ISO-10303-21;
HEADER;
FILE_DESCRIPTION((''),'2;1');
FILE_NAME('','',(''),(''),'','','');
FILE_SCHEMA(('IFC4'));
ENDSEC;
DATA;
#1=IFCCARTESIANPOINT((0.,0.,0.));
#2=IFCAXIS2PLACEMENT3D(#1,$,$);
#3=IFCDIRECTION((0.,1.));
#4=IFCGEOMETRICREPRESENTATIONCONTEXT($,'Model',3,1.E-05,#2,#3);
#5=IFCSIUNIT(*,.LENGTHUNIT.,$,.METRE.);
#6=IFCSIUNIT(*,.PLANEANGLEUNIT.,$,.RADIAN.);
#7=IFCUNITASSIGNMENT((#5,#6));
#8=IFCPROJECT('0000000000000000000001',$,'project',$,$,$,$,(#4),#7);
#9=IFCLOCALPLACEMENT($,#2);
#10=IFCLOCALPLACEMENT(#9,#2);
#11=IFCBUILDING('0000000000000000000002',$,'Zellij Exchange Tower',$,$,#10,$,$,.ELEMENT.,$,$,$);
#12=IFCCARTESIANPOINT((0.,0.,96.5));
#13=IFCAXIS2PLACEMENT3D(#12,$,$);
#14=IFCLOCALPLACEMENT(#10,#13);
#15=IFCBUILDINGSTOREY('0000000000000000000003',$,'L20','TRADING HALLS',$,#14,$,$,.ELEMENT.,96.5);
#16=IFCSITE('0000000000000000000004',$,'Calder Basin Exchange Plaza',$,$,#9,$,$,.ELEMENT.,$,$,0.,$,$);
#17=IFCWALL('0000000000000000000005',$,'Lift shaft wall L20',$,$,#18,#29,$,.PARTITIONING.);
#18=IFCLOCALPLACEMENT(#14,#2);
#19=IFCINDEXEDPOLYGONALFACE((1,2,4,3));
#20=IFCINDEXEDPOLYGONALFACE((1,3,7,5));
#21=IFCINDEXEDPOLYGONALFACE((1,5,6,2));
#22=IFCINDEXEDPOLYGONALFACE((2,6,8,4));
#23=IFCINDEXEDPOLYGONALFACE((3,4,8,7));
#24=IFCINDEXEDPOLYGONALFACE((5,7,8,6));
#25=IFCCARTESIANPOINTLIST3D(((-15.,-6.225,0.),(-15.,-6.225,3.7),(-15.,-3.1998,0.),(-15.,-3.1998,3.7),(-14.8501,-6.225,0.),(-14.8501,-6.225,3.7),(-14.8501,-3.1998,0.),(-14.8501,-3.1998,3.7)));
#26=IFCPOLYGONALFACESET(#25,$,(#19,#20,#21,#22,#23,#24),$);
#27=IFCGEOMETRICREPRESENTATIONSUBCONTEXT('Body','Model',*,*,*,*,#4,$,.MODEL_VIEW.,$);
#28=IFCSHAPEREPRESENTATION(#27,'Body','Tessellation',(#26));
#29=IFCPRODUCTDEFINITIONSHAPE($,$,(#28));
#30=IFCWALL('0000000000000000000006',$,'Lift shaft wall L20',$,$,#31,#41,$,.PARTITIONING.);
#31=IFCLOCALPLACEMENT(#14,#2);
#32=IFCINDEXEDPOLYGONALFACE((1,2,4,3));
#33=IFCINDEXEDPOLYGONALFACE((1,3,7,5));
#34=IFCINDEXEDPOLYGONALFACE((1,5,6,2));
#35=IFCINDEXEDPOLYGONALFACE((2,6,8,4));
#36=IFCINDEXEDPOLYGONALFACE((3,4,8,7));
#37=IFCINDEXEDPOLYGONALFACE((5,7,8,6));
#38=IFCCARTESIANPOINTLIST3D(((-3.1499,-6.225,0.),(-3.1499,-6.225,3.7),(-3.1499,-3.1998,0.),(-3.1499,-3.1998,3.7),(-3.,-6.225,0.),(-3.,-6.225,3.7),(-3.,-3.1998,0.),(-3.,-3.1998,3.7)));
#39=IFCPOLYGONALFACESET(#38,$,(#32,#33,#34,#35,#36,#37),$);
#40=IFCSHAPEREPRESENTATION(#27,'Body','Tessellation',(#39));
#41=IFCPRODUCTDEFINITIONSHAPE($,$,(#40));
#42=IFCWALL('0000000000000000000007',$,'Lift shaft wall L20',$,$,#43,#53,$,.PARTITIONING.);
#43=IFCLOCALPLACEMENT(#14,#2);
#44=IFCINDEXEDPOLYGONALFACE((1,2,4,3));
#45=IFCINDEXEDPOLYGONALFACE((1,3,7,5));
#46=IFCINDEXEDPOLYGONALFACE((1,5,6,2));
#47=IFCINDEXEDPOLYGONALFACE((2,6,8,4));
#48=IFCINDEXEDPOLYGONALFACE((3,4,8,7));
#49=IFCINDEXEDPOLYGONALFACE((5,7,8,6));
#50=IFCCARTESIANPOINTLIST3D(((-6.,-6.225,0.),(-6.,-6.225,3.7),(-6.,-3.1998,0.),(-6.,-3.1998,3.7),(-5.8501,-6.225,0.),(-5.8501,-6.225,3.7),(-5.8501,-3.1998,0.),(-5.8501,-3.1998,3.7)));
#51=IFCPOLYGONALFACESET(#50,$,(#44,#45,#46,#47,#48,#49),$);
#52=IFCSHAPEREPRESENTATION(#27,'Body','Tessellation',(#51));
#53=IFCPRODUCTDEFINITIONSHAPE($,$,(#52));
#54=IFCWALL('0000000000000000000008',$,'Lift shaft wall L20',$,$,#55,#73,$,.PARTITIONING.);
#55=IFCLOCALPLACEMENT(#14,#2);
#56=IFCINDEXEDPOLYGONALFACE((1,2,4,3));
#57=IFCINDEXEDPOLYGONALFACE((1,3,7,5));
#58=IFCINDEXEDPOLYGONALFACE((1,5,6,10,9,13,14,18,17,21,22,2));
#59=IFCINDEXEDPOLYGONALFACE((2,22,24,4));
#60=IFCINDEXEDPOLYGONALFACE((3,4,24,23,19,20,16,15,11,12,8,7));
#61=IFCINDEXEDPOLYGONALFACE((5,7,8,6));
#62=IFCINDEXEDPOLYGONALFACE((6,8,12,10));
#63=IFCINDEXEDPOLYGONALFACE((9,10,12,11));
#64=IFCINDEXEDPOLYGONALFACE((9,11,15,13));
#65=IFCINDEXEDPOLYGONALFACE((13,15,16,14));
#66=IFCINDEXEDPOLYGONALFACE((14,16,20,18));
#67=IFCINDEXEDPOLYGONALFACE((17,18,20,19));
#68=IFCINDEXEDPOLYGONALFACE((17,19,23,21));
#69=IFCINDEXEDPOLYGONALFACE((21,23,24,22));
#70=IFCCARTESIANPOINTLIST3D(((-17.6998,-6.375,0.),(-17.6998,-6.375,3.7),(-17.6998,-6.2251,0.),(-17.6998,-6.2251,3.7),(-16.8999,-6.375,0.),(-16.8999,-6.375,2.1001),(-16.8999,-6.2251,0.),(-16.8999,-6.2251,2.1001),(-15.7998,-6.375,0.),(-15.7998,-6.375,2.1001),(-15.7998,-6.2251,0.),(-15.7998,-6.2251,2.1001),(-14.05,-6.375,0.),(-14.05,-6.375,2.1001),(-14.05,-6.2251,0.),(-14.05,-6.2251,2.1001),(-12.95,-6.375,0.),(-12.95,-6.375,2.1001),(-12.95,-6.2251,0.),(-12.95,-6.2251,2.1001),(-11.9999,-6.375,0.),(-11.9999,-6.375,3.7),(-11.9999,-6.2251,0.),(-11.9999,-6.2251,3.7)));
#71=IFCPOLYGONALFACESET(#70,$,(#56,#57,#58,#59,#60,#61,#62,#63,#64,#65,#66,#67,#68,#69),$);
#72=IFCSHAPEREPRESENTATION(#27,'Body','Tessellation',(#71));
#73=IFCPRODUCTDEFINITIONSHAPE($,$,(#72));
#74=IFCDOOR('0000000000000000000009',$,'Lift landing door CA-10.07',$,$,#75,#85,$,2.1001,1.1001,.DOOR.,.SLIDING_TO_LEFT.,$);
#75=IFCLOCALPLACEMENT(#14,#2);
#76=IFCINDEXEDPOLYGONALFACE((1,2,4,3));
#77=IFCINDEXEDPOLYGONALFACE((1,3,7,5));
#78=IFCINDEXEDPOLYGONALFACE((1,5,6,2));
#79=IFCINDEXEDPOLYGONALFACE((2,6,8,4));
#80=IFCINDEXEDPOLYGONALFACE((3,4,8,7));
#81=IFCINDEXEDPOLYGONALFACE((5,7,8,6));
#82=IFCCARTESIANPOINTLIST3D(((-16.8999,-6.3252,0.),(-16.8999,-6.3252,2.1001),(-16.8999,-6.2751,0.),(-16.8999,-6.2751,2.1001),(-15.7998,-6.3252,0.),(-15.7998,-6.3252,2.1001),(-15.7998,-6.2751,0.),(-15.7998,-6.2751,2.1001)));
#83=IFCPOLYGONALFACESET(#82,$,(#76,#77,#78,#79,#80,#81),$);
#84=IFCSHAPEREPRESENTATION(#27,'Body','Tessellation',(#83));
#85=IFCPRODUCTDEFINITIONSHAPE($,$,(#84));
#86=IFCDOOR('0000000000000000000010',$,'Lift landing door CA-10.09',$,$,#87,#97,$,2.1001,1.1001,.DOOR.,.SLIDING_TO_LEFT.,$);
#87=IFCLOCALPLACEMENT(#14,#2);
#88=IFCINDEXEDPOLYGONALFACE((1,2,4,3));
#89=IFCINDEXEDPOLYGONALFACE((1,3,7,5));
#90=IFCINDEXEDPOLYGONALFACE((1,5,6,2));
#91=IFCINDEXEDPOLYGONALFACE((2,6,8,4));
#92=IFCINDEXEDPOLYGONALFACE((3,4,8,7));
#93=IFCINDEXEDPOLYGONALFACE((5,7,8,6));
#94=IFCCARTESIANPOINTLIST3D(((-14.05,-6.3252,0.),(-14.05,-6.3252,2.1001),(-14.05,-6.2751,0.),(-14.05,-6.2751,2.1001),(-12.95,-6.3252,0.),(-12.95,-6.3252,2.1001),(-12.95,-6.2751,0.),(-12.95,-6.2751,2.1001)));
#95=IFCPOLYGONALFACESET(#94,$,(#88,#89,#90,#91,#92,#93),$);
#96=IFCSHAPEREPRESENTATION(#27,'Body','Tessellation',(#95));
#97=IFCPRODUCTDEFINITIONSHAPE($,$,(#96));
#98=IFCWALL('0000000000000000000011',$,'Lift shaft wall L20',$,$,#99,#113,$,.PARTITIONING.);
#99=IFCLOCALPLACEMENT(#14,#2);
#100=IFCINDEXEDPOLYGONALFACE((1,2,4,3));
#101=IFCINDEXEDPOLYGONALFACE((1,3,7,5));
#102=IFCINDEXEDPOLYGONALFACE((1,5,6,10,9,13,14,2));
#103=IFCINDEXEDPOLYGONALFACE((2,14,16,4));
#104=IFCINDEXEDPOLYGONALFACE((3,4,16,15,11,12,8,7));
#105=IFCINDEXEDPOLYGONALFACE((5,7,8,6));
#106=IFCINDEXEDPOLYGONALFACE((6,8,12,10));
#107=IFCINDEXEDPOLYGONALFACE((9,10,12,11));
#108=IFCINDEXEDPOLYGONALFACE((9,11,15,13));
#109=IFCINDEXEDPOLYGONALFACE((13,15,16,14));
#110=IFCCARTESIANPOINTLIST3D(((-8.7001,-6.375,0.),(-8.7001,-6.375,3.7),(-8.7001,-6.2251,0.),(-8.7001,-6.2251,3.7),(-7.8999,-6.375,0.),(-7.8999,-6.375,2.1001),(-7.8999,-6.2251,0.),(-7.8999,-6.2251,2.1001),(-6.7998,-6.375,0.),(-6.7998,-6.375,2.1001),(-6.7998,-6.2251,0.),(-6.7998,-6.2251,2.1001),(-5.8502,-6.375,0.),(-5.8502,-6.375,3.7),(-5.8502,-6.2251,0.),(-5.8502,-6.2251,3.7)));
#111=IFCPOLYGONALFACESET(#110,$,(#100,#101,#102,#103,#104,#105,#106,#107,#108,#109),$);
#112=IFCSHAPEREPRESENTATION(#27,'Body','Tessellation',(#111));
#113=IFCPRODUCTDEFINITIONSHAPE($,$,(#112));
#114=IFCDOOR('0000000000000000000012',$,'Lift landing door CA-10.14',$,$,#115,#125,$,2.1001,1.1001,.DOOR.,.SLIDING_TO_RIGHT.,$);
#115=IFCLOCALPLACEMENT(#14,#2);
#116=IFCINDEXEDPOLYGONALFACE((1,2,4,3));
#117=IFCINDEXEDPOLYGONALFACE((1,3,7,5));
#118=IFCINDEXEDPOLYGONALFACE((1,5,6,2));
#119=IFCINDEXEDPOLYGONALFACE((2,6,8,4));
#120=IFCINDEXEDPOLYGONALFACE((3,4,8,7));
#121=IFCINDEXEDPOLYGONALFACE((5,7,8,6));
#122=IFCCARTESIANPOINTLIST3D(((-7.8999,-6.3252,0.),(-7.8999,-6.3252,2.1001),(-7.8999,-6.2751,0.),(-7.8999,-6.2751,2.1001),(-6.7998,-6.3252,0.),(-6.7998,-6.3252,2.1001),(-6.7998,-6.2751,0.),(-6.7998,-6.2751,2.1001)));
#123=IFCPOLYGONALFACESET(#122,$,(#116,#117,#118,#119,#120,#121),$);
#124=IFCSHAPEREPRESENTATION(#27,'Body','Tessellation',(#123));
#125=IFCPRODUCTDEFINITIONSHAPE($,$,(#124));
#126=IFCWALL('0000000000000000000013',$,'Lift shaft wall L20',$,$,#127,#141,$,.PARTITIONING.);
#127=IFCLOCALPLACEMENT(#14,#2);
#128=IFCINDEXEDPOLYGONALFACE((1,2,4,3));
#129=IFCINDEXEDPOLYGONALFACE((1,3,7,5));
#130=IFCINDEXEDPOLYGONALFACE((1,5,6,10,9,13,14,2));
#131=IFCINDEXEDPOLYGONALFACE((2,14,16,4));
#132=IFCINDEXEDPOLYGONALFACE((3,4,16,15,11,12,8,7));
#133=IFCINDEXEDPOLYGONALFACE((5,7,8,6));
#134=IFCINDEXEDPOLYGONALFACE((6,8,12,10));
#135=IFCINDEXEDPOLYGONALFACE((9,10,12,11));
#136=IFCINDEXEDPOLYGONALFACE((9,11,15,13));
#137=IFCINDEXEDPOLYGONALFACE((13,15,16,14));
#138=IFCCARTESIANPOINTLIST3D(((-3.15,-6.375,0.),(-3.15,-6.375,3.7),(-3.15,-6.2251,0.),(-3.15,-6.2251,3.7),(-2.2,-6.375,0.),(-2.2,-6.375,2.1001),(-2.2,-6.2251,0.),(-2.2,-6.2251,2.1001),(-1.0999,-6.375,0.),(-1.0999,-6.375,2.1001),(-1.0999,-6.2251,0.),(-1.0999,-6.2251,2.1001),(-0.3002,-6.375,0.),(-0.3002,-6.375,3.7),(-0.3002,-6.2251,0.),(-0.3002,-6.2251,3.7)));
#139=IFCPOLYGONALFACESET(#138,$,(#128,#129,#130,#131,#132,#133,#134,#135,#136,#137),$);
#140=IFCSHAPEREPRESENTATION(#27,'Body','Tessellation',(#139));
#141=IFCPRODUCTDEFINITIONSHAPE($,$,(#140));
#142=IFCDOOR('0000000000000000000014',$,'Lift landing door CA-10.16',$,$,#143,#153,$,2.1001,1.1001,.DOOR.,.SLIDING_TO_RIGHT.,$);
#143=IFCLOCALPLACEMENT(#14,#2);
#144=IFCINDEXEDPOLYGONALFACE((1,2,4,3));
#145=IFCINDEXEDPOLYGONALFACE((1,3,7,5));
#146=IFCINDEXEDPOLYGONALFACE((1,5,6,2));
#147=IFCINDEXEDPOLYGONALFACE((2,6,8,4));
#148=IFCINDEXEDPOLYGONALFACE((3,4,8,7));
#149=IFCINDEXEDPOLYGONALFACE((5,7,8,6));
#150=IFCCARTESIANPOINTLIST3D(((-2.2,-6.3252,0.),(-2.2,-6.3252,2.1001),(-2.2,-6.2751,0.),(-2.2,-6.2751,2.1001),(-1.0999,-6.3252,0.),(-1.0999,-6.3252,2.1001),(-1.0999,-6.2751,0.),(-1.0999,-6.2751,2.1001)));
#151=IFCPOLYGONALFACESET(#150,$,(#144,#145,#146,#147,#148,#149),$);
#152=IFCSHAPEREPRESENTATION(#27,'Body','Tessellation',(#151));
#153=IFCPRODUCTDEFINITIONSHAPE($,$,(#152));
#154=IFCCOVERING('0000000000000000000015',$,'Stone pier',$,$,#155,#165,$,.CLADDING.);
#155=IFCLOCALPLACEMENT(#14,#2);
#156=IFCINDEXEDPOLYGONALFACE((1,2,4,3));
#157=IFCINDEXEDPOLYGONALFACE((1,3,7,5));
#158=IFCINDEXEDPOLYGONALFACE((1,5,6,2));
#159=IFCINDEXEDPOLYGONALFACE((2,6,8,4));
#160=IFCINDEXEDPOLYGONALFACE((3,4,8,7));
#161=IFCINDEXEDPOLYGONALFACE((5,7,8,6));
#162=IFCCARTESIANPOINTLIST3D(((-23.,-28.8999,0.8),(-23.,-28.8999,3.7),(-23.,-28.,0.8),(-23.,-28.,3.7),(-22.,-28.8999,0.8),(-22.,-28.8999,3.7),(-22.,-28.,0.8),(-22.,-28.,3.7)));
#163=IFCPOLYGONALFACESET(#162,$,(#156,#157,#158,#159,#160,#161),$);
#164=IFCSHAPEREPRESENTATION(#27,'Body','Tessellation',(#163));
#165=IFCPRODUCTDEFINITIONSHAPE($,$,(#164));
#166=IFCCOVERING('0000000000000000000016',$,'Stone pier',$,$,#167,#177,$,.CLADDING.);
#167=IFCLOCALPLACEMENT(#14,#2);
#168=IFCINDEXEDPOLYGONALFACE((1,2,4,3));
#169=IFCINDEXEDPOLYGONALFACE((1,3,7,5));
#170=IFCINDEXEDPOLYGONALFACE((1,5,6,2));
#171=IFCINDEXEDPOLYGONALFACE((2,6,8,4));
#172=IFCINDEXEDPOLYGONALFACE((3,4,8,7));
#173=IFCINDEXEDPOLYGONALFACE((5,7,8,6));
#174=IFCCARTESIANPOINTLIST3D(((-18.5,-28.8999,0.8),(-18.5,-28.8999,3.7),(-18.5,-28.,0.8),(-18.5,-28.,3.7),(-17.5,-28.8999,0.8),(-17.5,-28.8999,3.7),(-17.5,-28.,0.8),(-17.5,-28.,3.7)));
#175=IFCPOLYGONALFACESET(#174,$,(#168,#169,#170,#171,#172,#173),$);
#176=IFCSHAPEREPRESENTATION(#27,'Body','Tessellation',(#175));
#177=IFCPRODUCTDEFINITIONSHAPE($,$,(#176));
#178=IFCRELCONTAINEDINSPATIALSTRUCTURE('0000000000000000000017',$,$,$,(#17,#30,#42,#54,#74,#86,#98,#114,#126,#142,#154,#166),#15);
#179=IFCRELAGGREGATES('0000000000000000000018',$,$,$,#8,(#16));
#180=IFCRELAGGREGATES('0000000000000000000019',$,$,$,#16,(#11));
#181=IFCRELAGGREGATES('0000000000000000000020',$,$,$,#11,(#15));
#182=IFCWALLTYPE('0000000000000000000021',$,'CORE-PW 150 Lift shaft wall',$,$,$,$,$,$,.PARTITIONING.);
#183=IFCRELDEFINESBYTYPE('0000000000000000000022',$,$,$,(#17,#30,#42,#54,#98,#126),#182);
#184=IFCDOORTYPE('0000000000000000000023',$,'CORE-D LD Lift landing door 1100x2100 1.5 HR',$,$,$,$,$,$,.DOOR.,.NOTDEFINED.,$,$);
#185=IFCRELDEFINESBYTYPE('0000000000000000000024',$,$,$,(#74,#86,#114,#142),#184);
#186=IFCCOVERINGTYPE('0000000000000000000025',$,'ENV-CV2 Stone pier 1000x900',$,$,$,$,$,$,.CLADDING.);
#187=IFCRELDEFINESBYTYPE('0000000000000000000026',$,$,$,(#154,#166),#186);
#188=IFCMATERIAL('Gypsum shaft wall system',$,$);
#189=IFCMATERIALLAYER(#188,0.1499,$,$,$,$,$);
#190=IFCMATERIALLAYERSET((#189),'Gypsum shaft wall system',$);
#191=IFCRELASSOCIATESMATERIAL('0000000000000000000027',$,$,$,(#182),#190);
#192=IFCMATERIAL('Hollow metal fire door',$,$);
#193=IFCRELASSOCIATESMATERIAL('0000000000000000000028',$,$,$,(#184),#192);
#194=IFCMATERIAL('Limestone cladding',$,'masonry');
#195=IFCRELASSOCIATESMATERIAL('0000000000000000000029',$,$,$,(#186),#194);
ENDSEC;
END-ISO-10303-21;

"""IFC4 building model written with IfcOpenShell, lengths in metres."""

from ifc_helpers import new_model, si_unit, direction, frame, frame_2d, origin, place, context, subcontext, project, spatial, polyline, rectangle, outline, extrude, material, layer, layer_set, type_object, element, fill, save


model = new_model("IFC4")

# Units and contexts
model_context = context("Model", 3, precision=1e-05, world=origin(), true_north=direction((0.0, 1.0)))
body_context = subcontext(model_context, "Body", "Model", "MODEL_VIEW")
ifc_project = project(units=[si_unit("LENGTHUNIT", "METRE"), si_unit("PLANEANGLEUNIT", "RADIAN")], contexts=[model_context])

# Site, building, storey
site_placement = place(None, origin())
site = spatial("IfcSite", under=ifc_project, at=site_placement, Name="Calder Basin Exchange Plaza", CompositionType="ELEMENT", RefElevation=0.0)
building_placement = place(site_placement, origin())
building = spatial("IfcBuilding", under=site, at=building_placement, Name="Zellij Exchange Tower", CompositionType="ELEMENT")
storey_placement = place(building_placement, frame((0.0, 0.0, 96.5)))
storey = spatial("IfcBuildingStorey", under=building, at=storey_placement, Name="L20", Description="TRADING HALLS", CompositionType="ELEMENT", Elevation=96.5)

# Walls
ifc_material_1 = material(Name="Gypsum shaft wall system")
ifc_layer_1 = layer(ifc_material_1, 0.1499)
ifc_layer_set_1 = layer_set([ifc_layer_1], Name="Gypsum shaft wall system")
wall_type_1 = type_object("IfcWallType", Name="CORE-PW 150 Lift shaft wall", PredefinedType="PARTITIONING", material=ifc_layer_set_1)
for number, where, z_axis, x_axis, name in (
    (1, (-14.925, -6.2251, 0.0), (0.0, 0.0, 1.0), (0.0, 1.0, 0.0), "Lift shaft wall L20"),
    (2, (-3.075, -6.2251, 0.0), (0.0, 0.0, 1.0), (0.0, 1.0, 0.0), "Lift shaft wall L20"),
    (3, (-5.925, -6.2251, 0.0), (0.0, 0.0, 1.0), (0.0, 1.0, 0.0), "Lift shaft wall L20"),
):
    element("IfcWall", number, at=place(storey_placement, frame(where, z_axis=z_axis, x_axis=x_axis)), inside=storey, type_object=wall_type_1, Name=name, PredefinedType="PARTITIONING", context=body_context, shape_type="SweptSolid", body=[
        extrude(rectangle(XDim=3.0251, YDim=0.1499, at=frame_2d((1.5127, 0.0))), origin(), (0.0, 0.0, 1.0), 3.7),
    ])

# Wall, openings, doors
wall_1_placement = place(storey_placement, frame((-17.7, -6.3, 0.0), z_axis=(0.0, 0.0, 1.0), x_axis=(1.0, 0.0, 0.0)))
wall_1 = element("IfcWall", 4, at=wall_1_placement, inside=storey, type_object=wall_type_1, Name="Lift shaft wall L20", PredefinedType="PARTITIONING", context=body_context, shape_type="SweptSolid", body=[
    extrude(rectangle(XDim=5.7, YDim=0.1499, at=frame_2d((2.8501, 0.0))), origin(), (0.0, 0.0, 1.0), 3.7),
])
opening_1_placement = place(wall_1_placement, frame((0.8, 0.0, 0.0)))
opening_1 = element("IfcOpeningElement", 5, at=opening_1_placement, cuts=wall_1, PredefinedType="OPENING", context=body_context, shape_type="SweptSolid", body=[
    extrude(rectangle(XDim=1.1001, YDim=2.1001, at=frame_2d((0.55, 1.05))), frame((0.0, 0.0869, 0.0), z_axis=(0.0, -1.0, 0.0), x_axis=(1.0, 0.0, 0.0)), (0.0, 0.0, 1.0), 0.1738),
])
opening_2_placement = place(wall_1_placement, frame((3.6499, 0.0, 0.0)))
opening_2 = element("IfcOpeningElement", 6, at=opening_2_placement, cuts=wall_1, PredefinedType="OPENING", context=body_context, shape_type="SweptSolid", body=[
    extrude(rectangle(XDim=1.1001, YDim=2.1001, at=frame_2d((0.55, 1.05))), frame((0.0, 0.0869, 0.0), z_axis=(0.0, -1.0, 0.0), x_axis=(1.0, 0.0, 0.0)), (0.0, 0.0, 1.0), 0.1738),
])
ifc_material_2 = material(Name="Hollow metal fire door")
door_type = type_object("IfcDoorType", Name="CORE-D LD Lift landing door 1100x2100 1.5 HR", OperationType="NOTDEFINED", PredefinedType="DOOR", material=ifc_material_2)
door_1_placement = place(opening_1_placement, origin())
door_1 = element("IfcDoor", 7, at=door_1_placement, inside=storey, type_object=door_type, Name="Lift landing door CA-10.07", OperationType="SLIDING_TO_LEFT", OverallHeight=2.1001, OverallWidth=1.1001, PredefinedType="DOOR", context=body_context, shape_type="SweptSolid", body=[
    extrude(rectangle(XDim=1.1001, YDim=2.1001, at=frame_2d((0.55, 1.05))), frame((0.0, 0.0249, 0.0), z_axis=(0.0, -1.0, 0.0), x_axis=(1.0, 0.0, 0.0)), (0.0, 0.0, 1.0), 0.05),
])
fill(opening_1, door_1)
door_2_placement = place(opening_2_placement, origin())
door_2 = element("IfcDoor", 8, at=door_2_placement, inside=storey, type_object=door_type, Name="Lift landing door CA-10.09", OperationType="SLIDING_TO_LEFT", OverallHeight=2.1001, OverallWidth=1.1001, PredefinedType="DOOR", context=body_context, shape_type="SweptSolid", body=[
    extrude(rectangle(XDim=1.1001, YDim=2.1001, at=frame_2d((0.55, 1.05))), frame((0.0, 0.0249, 0.0), z_axis=(0.0, -1.0, 0.0), x_axis=(1.0, 0.0, 0.0)), (0.0, 0.0, 1.0), 0.05),
])
fill(opening_2, door_2)

# Walls, openings, doors
wall_2_placement = place(storey_placement, frame((-8.7, -6.3, 0.0), z_axis=(0.0, 0.0, 1.0), x_axis=(1.0, 0.0, 0.0)))
wall_2 = element("IfcWall", 9, at=wall_2_placement, inside=storey, type_object=wall_type_1, Name="Lift shaft wall L20", PredefinedType="PARTITIONING", context=body_context, shape_type="SweptSolid", body=[
    extrude(rectangle(XDim=2.8499, YDim=0.1499, at=frame_2d((1.4248, 0.0))), origin(), (0.0, 0.0, 1.0), 3.7),
])
opening_3_placement = place(wall_2_placement, frame((0.8, 0.0, 0.0)))
opening_3 = element("IfcOpeningElement", 10, at=opening_3_placement, cuts=wall_2, PredefinedType="OPENING", context=body_context, shape_type="SweptSolid", body=[
    extrude(rectangle(XDim=1.1001, YDim=2.1001, at=frame_2d((0.55, 1.05))), frame((0.0, 0.0869, 0.0), z_axis=(0.0, -1.0, 0.0), x_axis=(1.0, 0.0, 0.0)), (0.0, 0.0, 1.0), 0.1738),
])
door_3_placement = place(opening_3_placement, origin())
door_3 = element("IfcDoor", 11, at=door_3_placement, inside=storey, type_object=door_type, Name="Lift landing door CA-10.14", OperationType="SLIDING_TO_RIGHT", OverallHeight=2.1001, OverallWidth=1.1001, PredefinedType="DOOR", context=body_context, shape_type="SweptSolid", body=[
    extrude(rectangle(XDim=1.1001, YDim=2.1001, at=frame_2d((0.55, 1.05))), frame((0.0, 0.0249, 0.0), z_axis=(0.0, -1.0, 0.0), x_axis=(1.0, 0.0, 0.0)), (0.0, 0.0, 1.0), 0.05),
])
fill(opening_3, door_3)
wall_3_placement = place(storey_placement, frame((-3.1499, -6.3, 0.0), z_axis=(0.0, 0.0, 1.0), x_axis=(1.0, 0.0, 0.0)))
wall_3 = element("IfcWall", 12, at=wall_3_placement, inside=storey, type_object=wall_type_1, Name="Lift shaft wall L20", PredefinedType="PARTITIONING", context=body_context, shape_type="SweptSolid", body=[
    extrude(rectangle(XDim=2.8499, YDim=0.1499, at=frame_2d((1.4248, 0.0))), origin(), (0.0, 0.0, 1.0), 3.7),
])
opening_4_placement = place(wall_3_placement, frame((0.95, 0.0, 0.0)))
opening_4 = element("IfcOpeningElement", 13, at=opening_4_placement, cuts=wall_3, PredefinedType="OPENING", context=body_context, shape_type="SweptSolid", body=[
    extrude(rectangle(XDim=1.1001, YDim=2.1001, at=frame_2d((0.55, 1.05))), frame((0.0, 0.0869, 0.0), z_axis=(0.0, -1.0, 0.0), x_axis=(1.0, 0.0, 0.0)), (0.0, 0.0, 1.0), 0.1738),
])
door_4_placement = place(opening_4_placement, origin())
door_4 = element("IfcDoor", 14, at=door_4_placement, inside=storey, type_object=door_type, Name="Lift landing door CA-10.16", OperationType="SLIDING_TO_RIGHT", OverallHeight=2.1001, OverallWidth=1.1001, PredefinedType="DOOR", context=body_context, shape_type="SweptSolid", body=[
    extrude(rectangle(XDim=1.1001, YDim=2.1001, at=frame_2d((0.55, 1.05))), frame((0.0, 0.0249, 0.0), z_axis=(0.0, -1.0, 0.0), x_axis=(1.0, 0.0, 0.0)), (0.0, 0.0, 1.0), 0.05),
])
fill(opening_4, door_4)

# Coverings
ifc_material_3 = material(Name="Limestone cladding", Category="masonry")
covering_type = type_object("IfcCoveringType", Name="ENV-CV2 Stone pier 1000x900", PredefinedType="CLADDING", material=ifc_material_3)
covering_1_placement = place(storey_placement, frame((0.0, 0.0, 0.8)))
element("IfcCovering", 15, at=covering_1_placement, inside=storey, type_object=covering_type, Name="Stone pier", PredefinedType="CLADDING", context=body_context, shape_type="SweptSolid", body=[
    extrude(outline(polyline([(-23.0, -28.0), (-22.0, -28.0), (-22.0, -28.8999), (-23.0, -28.8999), (-23.0, -28.0)])), origin(), (0.0, 0.0, 1.0), 2.8999),
])
covering_2_placement = place(storey_placement, frame((0.0, 0.0, 0.8)))
element("IfcCovering", 16, at=covering_2_placement, inside=storey, type_object=covering_type, Name="Stone pier", PredefinedType="CLADDING", context=body_context, shape_type="SweptSolid", body=[
    extrude(outline(polyline([(-18.5, -28.0), (-17.5, -28.0), (-17.5, -28.8999), (-18.5, -28.8999), (-18.5, -28.0)])), origin(), (0.0, 0.0, 1.0), 2.8999),
])

save(model, "model.ifc")
